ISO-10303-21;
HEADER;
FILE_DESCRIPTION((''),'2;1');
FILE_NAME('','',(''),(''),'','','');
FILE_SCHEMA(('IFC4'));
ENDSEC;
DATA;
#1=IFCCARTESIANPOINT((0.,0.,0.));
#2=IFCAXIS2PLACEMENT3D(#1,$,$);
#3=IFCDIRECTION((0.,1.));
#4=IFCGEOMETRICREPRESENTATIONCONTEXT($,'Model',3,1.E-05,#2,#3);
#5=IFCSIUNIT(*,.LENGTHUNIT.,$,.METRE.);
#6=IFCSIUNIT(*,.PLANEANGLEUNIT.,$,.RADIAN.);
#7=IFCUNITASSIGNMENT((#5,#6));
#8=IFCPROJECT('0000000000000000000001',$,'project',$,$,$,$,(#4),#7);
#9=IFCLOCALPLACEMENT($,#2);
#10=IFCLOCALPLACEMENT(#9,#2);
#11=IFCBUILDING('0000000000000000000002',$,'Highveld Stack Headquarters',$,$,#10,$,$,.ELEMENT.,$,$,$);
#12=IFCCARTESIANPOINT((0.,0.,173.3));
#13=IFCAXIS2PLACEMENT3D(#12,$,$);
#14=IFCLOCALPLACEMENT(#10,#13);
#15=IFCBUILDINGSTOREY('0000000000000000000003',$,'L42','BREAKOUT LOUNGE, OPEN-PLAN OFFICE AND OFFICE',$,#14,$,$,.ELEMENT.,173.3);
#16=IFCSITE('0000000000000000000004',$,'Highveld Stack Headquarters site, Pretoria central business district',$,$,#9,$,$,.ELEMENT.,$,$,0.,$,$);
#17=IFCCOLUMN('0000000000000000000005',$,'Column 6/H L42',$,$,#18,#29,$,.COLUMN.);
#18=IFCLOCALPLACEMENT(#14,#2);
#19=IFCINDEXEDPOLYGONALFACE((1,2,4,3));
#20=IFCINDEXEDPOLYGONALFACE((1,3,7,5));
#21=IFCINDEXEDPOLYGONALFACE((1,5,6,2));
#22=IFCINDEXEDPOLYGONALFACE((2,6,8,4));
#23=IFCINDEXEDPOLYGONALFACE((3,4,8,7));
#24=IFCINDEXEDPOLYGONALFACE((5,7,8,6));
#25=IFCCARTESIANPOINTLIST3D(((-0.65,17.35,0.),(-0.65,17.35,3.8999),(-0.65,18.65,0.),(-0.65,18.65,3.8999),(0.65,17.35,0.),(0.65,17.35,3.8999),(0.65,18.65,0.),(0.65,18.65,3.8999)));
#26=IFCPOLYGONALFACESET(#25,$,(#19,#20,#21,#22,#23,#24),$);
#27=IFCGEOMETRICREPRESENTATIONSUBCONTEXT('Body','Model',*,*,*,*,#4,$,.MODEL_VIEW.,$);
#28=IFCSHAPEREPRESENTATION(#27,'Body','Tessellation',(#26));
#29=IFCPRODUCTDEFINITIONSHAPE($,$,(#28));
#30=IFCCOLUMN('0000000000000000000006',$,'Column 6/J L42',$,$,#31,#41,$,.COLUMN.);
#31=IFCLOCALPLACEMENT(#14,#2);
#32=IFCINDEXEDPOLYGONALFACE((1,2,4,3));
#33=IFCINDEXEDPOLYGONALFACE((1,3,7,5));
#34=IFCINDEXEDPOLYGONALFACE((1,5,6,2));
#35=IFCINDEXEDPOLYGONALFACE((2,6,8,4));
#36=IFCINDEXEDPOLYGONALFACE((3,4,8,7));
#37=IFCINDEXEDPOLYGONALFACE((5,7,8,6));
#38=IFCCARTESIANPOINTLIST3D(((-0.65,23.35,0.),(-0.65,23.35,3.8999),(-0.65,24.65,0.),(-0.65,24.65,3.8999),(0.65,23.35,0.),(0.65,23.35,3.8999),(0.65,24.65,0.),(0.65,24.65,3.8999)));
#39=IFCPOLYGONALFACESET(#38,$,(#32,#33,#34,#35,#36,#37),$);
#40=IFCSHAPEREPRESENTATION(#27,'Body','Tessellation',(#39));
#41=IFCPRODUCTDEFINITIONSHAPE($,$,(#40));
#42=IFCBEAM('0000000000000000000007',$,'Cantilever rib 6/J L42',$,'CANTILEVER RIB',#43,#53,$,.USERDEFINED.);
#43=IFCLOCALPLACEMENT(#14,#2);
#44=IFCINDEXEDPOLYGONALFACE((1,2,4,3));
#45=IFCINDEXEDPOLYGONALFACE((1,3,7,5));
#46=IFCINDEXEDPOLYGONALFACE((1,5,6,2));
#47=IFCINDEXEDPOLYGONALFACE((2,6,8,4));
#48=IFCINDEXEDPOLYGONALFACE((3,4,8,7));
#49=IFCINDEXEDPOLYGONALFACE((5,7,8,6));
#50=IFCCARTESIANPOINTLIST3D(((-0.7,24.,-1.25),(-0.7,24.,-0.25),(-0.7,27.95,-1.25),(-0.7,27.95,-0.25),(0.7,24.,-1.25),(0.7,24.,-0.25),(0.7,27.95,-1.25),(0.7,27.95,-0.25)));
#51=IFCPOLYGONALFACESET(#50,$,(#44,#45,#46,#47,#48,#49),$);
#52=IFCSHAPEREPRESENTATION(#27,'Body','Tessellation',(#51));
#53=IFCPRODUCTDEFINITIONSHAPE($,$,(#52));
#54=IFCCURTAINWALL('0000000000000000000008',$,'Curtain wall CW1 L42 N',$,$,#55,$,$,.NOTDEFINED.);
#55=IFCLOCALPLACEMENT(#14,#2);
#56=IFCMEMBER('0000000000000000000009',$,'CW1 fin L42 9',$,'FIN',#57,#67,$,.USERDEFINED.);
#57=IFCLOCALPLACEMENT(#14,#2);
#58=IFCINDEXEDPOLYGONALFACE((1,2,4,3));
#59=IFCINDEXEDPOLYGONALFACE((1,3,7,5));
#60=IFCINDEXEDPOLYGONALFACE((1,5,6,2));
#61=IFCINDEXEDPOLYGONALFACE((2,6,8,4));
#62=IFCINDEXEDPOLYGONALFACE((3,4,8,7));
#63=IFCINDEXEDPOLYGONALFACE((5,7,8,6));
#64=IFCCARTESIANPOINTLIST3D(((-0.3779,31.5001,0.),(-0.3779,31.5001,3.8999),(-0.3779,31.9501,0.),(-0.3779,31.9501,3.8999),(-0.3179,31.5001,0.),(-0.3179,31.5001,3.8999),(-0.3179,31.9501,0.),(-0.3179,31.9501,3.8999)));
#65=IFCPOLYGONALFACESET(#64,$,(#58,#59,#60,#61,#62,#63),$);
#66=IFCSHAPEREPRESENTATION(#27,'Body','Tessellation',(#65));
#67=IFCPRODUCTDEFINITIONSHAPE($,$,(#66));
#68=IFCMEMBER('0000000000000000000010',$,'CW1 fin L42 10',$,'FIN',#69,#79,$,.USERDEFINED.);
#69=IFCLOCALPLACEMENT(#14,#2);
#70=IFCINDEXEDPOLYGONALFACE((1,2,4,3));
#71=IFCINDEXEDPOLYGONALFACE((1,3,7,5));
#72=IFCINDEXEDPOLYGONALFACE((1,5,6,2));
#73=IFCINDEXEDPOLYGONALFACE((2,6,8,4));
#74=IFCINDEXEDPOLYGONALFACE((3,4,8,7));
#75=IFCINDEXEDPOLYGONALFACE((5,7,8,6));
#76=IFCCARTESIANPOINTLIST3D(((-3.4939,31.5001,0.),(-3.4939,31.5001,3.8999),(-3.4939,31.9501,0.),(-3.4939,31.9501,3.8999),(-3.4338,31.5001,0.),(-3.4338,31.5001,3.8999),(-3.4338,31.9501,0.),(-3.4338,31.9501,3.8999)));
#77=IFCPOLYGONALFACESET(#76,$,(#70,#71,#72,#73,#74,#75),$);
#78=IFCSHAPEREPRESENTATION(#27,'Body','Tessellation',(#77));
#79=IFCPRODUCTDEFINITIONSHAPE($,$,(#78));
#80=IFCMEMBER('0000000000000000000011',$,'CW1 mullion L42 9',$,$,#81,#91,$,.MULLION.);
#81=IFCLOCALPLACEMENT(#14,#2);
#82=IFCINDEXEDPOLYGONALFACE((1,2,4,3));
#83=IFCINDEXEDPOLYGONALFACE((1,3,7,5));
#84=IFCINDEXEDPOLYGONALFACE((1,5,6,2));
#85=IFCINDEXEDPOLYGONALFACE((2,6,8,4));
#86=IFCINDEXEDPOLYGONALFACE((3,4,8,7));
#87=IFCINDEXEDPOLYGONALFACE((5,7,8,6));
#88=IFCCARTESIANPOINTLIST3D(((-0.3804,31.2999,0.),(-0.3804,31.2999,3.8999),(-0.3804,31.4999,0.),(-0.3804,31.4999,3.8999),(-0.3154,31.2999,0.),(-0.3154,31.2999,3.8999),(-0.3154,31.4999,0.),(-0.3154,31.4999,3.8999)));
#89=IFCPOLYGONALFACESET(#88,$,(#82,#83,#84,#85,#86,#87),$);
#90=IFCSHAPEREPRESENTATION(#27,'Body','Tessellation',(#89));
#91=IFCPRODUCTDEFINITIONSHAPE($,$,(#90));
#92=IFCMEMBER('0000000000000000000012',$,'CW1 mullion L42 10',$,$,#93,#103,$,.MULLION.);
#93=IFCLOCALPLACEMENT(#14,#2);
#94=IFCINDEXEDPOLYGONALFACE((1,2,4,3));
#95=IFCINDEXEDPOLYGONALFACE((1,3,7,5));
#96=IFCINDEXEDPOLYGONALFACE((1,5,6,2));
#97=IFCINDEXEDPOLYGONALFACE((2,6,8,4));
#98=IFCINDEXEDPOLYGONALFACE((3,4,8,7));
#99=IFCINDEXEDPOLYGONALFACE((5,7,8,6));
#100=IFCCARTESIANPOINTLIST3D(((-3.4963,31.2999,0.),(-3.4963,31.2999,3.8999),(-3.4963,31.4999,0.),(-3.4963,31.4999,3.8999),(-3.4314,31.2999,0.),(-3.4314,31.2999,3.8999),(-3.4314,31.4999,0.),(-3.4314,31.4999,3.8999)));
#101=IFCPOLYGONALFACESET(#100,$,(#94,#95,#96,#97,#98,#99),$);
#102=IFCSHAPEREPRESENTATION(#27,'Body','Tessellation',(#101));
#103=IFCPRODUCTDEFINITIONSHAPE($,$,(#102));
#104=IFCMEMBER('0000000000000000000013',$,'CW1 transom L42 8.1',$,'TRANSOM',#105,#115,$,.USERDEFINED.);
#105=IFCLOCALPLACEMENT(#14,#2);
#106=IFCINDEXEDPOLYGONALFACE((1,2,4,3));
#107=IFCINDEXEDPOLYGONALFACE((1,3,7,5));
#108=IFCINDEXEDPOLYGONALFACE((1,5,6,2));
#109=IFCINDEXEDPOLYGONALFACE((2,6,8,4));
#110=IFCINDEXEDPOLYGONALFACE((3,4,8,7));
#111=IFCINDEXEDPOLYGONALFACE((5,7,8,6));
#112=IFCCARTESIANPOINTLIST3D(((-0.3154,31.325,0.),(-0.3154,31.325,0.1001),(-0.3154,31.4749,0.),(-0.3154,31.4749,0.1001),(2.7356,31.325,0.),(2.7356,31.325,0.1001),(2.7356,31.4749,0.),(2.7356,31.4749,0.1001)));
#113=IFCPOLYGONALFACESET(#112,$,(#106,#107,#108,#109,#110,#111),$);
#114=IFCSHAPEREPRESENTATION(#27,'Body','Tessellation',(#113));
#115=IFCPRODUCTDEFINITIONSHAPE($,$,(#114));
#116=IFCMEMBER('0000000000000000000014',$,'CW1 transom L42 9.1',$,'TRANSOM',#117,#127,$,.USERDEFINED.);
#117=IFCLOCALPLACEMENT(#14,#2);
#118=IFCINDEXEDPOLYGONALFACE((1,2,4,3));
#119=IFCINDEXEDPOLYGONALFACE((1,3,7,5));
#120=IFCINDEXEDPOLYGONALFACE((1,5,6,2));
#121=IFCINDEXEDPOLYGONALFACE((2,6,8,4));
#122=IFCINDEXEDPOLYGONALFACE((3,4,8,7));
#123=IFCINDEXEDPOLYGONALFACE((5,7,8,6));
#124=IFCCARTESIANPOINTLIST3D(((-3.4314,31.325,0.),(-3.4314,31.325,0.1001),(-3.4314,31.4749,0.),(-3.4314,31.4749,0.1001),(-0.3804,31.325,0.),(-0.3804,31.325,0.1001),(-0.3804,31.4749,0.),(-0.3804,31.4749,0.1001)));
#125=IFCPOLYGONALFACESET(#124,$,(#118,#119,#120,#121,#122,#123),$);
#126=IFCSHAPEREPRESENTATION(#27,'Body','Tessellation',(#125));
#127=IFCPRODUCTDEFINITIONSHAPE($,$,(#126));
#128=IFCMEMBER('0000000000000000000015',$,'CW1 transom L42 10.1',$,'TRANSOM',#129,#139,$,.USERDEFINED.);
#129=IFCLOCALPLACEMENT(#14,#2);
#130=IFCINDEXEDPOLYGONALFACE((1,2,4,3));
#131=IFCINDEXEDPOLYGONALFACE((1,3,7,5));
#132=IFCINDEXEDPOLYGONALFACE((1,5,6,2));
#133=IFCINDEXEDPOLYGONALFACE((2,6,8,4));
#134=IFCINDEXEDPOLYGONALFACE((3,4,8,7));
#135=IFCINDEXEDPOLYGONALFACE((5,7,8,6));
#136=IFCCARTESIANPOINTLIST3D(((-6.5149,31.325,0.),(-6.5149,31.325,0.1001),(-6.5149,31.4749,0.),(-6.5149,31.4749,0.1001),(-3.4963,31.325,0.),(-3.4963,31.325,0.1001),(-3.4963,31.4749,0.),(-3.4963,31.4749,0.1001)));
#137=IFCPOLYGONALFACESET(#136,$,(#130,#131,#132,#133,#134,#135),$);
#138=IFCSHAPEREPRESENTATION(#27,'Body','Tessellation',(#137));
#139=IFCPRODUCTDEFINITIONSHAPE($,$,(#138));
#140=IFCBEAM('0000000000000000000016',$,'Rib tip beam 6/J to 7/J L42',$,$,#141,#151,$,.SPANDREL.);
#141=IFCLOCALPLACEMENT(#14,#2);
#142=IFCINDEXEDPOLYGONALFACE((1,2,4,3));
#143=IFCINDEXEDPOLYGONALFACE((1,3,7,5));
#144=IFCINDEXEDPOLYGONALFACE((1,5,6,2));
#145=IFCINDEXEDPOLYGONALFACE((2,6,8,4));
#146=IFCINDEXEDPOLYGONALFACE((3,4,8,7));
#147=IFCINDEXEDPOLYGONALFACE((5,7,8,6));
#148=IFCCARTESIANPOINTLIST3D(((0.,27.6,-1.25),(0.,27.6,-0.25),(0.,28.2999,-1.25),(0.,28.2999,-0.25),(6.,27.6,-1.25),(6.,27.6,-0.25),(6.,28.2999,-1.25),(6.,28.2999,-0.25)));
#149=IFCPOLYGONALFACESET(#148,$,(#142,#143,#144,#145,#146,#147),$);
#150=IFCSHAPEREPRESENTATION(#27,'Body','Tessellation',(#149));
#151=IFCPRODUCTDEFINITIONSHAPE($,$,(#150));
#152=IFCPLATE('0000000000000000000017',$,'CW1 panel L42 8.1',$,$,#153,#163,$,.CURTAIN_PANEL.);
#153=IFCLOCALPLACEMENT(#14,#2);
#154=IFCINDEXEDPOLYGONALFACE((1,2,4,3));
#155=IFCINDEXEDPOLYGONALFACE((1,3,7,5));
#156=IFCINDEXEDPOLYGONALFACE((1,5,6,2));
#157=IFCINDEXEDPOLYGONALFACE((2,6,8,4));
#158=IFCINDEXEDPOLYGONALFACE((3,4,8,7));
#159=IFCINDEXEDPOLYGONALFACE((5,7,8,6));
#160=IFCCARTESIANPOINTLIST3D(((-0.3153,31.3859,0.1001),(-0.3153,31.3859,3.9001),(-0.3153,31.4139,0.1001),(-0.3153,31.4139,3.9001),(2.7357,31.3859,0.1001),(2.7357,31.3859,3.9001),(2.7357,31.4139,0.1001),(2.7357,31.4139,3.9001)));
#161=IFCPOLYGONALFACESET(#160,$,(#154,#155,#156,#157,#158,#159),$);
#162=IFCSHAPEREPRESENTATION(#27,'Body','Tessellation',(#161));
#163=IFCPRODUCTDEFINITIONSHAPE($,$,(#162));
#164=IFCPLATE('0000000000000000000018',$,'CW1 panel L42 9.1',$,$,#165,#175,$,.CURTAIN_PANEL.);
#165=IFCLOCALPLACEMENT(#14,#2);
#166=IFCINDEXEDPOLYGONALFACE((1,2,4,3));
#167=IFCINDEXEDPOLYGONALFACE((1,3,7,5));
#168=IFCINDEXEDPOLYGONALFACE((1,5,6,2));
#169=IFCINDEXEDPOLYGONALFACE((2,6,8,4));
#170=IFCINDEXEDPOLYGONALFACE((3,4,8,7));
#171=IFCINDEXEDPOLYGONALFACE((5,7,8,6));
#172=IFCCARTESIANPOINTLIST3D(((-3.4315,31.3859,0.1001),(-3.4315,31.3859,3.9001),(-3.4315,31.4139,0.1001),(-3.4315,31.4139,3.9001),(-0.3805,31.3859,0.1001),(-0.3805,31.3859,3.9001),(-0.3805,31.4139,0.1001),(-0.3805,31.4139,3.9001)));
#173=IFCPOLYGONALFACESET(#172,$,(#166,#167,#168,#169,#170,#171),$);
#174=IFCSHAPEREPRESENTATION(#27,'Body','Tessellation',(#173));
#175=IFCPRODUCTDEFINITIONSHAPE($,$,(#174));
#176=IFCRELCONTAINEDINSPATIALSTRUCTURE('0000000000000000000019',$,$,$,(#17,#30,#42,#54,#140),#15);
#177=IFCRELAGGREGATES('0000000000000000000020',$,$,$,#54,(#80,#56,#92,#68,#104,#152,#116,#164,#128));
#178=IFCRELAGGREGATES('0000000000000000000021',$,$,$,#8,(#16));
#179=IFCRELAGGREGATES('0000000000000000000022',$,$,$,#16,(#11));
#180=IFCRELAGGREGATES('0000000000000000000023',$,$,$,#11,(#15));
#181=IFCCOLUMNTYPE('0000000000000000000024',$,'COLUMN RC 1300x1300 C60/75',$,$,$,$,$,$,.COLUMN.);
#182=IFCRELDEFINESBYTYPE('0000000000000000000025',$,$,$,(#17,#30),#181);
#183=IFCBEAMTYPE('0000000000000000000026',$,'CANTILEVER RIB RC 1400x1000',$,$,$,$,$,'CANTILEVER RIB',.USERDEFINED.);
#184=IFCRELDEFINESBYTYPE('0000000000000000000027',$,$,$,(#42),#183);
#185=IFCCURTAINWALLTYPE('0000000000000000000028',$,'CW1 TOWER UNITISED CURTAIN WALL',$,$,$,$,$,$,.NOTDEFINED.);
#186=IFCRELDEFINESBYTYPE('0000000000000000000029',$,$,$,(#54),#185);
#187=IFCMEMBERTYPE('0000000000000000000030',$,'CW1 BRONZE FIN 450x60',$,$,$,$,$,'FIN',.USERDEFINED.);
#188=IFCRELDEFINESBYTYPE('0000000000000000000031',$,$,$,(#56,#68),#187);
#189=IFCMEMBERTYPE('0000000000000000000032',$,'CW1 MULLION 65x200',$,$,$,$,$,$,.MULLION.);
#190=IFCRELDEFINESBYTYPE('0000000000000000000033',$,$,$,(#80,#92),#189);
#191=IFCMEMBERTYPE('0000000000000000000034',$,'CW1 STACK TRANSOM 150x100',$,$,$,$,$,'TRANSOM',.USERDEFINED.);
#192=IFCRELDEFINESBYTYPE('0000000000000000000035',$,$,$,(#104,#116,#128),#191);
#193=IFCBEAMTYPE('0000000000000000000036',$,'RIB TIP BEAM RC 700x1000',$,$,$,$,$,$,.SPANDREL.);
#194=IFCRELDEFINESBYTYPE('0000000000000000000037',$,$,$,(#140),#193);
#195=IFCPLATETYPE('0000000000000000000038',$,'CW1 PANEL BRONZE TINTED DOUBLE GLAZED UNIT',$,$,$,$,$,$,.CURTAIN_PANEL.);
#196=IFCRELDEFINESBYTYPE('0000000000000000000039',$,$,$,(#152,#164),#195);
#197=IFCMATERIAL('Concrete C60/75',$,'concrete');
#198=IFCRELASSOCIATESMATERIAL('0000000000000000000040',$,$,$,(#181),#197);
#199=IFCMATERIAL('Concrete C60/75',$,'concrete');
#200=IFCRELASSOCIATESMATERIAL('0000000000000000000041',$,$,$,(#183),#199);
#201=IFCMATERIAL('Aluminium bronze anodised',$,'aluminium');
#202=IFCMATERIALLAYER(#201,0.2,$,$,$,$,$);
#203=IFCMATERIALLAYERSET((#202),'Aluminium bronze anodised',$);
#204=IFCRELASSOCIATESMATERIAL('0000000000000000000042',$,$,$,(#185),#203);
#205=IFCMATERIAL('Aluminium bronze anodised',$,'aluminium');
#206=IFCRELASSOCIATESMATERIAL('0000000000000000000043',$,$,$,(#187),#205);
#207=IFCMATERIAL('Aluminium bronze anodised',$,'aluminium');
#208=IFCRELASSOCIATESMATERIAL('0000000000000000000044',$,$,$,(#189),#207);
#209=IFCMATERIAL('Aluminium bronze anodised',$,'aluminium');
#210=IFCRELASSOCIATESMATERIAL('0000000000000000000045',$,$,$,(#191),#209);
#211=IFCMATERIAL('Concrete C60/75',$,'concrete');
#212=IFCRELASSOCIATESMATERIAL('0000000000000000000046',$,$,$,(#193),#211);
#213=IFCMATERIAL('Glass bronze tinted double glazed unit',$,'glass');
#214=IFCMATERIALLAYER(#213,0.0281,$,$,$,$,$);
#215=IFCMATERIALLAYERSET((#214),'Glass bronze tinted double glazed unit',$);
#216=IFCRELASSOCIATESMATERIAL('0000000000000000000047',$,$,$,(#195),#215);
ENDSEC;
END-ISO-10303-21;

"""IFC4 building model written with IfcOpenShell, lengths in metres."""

from ifc_helpers import new_model, si_unit, direction, frame, origin, origin_2d, place, context, subcontext, project, spatial, rectangle, extrude, material, layer, layer_set, material_profile, profile_set, type_object, element, aggregate, save


model = new_model("IFC4")

# Units and contexts
model_context = context("Model", 3, precision=1e-05, world=origin(), true_north=direction((0.0, 1.0)))
body_context = subcontext(model_context, "Body", "Model", "MODEL_VIEW")
ifc_project = project(units=[si_unit("LENGTHUNIT", "METRE"), si_unit("PLANEANGLEUNIT", "RADIAN")], contexts=[model_context])

# Site, building, storey
site_placement = place(None, origin())
site = spatial("IfcSite", under=ifc_project, at=site_placement, Name="Highveld Stack Headquarters site, Pretoria central business district", CompositionType="ELEMENT", RefElevation=0.0)
building_placement = place(site_placement, origin())
building = spatial("IfcBuilding", under=site, at=building_placement, Name="Highveld Stack Headquarters", CompositionType="ELEMENT")
storey_placement = place(building_placement, frame((0.0, 0.0, 173.3)))
storey = spatial("IfcBuildingStorey", under=building, at=storey_placement, Name="L42", Description="BREAKOUT LOUNGE, OPEN-PLAN OFFICE AND OFFICE", CompositionType="ELEMENT", Elevation=173.3)

# Columns
ifc_material_1 = material(Name="Concrete C60/75", Category="concrete")
ifc_material_profile_1 = material_profile(ifc_material_1, rectangle(XDim=1.3, YDim=1.3, at=origin_2d()), Name="RC 1300x1300")
ifc_profile_set_1 = profile_set([ifc_material_profile_1], Name="Concrete C60/75")
column_type = type_object("IfcColumnType", Name="COLUMN RC 1300x1300 C60/75", PredefinedType="COLUMN", material=ifc_profile_set_1)
for number, where, z_axis, x_axis, name in (
    (1, (0.0, 18.0, 0.0), (0.0, 0.0, 1.0), (1.0, 0.0, 0.0), "Column 6/H L42"),
    (2, (0.0, 24.0, 0.0), (0.0, 0.0, 1.0), (1.0, 0.0, 0.0), "Column 6/J L42"),
):
    element("IfcColumn", number, at=place(storey_placement, frame(where, z_axis=z_axis, x_axis=x_axis)), inside=storey, type_object=column_type, Name=name, PredefinedType="COLUMN", context=body_context, shape_type="SweptSolid", body=[
        extrude(rectangle(XDim=1.3, YDim=1.3, at=origin_2d()), origin(), (0.0, 0.0, 1.0), 3.8999),
    ])

# Beam
ifc_material_2 = material(Name="Concrete C60/75", Category="concrete")
ifc_material_profile_2 = material_profile(ifc_material_2, rectangle(XDim=1.3999, YDim=1.0, at=origin_2d()), Name="RC 1400x1000")
ifc_profile_set_2 = profile_set([ifc_material_profile_2], Name="Concrete C60/75")
beam_type_1 = type_object("IfcBeamType", Name="CANTILEVER RIB RC 1400x1000", ElementType="CANTILEVER RIB", PredefinedType="USERDEFINED", material=ifc_profile_set_2)
beam_1_placement = place(storey_placement, frame((0.0, 24.0, -0.75), z_axis=(0.0, 1.0, 0.0), x_axis=(-1.0, 0.0, 0.0)))
element("IfcBeam", 3, at=beam_1_placement, inside=storey, type_object=beam_type_1, Name="Cantilever rib 6/J L42", ObjectType="CANTILEVER RIB", PredefinedType="USERDEFINED", context=body_context, shape_type="SweptSolid", body=[
    extrude(rectangle(XDim=1.3999, YDim=1.0, at=origin_2d()), origin(), (0.0, 0.0, 1.0), 3.95),
])

# Curtain wall, members
ifc_material_3 = material(Name="Aluminium bronze anodised", Category="aluminium")
ifc_layer_1 = layer(ifc_material_3, 0.2)
ifc_layer_set_1 = layer_set([ifc_layer_1], Name="Aluminium bronze anodised")
curtain_wall_type = type_object("IfcCurtainWallType", Name="CW1 TOWER UNITISED CURTAIN WALL", PredefinedType="NOTDEFINED", material=ifc_layer_set_1)
curtain_wall_placement = place(storey_placement, origin())
curtain_wall = element("IfcCurtainWall", 4, at=curtain_wall_placement, inside=storey, type_object=curtain_wall_type, Name="Curtain wall CW1 L42 N", PredefinedType="NOTDEFINED")
ifc_material_4 = material(Name="Aluminium bronze anodised", Category="aluminium")
ifc_material_profile_3 = material_profile(ifc_material_4, rectangle(XDim=0.45, YDim=0.0601, at=origin_2d()), Name="FIN 450x60")
ifc_profile_set_3 = profile_set([ifc_material_profile_3], Name="Aluminium bronze anodised")
member_type_1 = type_object("IfcMemberType", Name="CW1 BRONZE FIN 450x60", ElementType="FIN", PredefinedType="USERDEFINED", material=ifc_profile_set_3)
member_1_placement = place(storey_placement, frame((-0.3479, 31.7251, 0.0), z_axis=(0.0, 0.0, 1.0), x_axis=(0.0, -1.0, 0.0)))
member_1 = element("IfcMember", 5, at=member_1_placement, type_object=member_type_1, Name="CW1 fin L42 9", ObjectType="FIN", PredefinedType="USERDEFINED", context=body_context, shape_type="SweptSolid", body=[
    extrude(rectangle(XDim=0.45, YDim=0.0601, at=origin_2d()), origin(), (0.0, 0.0, 1.0), 3.8999),
])
member_2_placement = place(storey_placement, frame((-3.4639, 31.7251, 0.0), z_axis=(0.0, 0.0, 1.0), x_axis=(0.0, -1.0, 0.0)))
member_2 = element("IfcMember", 6, at=member_2_placement, type_object=member_type_1, Name="CW1 fin L42 10", ObjectType="FIN", PredefinedType="USERDEFINED", context=body_context, shape_type="SweptSolid", body=[
    extrude(rectangle(XDim=0.45, YDim=0.0601, at=origin_2d()), origin(), (0.0, 0.0, 1.0), 3.8999),
])
ifc_material_5 = material(Name="Aluminium bronze anodised", Category="aluminium")
ifc_material_profile_4 = material_profile(ifc_material_5, rectangle(XDim=0.2, YDim=0.0649, at=origin_2d()), Name="CW1 MULLION 65x200")
ifc_profile_set_4 = profile_set([ifc_material_profile_4], Name="Aluminium bronze anodised")
member_type_2 = type_object("IfcMemberType", Name="CW1 MULLION 65x200", PredefinedType="MULLION", material=ifc_profile_set_4)
member_3_placement = place(storey_placement, frame((-0.3479, 31.3999, 0.0), z_axis=(0.0, 0.0, 1.0), x_axis=(0.0, -1.0, 0.0)))
member_3 = element("IfcMember", 7, at=member_3_placement, type_object=member_type_2, Name="CW1 mullion L42 9", PredefinedType="MULLION", context=body_context, shape_type="SweptSolid", body=[
    extrude(rectangle(XDim=0.2, YDim=0.0649, at=origin_2d()), origin(), (0.0, 0.0, 1.0), 3.8999),
])
member_4_placement = place(storey_placement, frame((-3.4639, 31.3999, 0.0), z_axis=(0.0, 0.0, 1.0), x_axis=(0.0, -1.0, 0.0)))
member_4 = element("IfcMember", 8, at=member_4_placement, type_object=member_type_2, Name="CW1 mullion L42 10", PredefinedType="MULLION", context=body_context, shape_type="SweptSolid", body=[
    extrude(rectangle(XDim=0.2, YDim=0.0649, at=origin_2d()), origin(), (0.0, 0.0, 1.0), 3.8999),
])
ifc_material_6 = material(Name="Aluminium bronze anodised", Category="aluminium")
ifc_material_profile_5 = material_profile(ifc_material_6, rectangle(XDim=0.1499, YDim=0.1001, at=origin_2d()), Name="CW1 TRANSOM 150x100")
ifc_profile_set_5 = profile_set([ifc_material_profile_5], Name="Aluminium bronze anodised")
member_type_3 = type_object("IfcMemberType", Name="CW1 STACK TRANSOM 150x100", ElementType="TRANSOM", PredefinedType="USERDEFINED", material=ifc_profile_set_5)
member_5_placement = place(storey_placement, frame((2.7356, 31.3999, 0.05), z_axis=(-1.0, 0.0, 0.0), x_axis=(0.0, -1.0, 0.0)))
member_5 = element("IfcMember", 9, at=member_5_placement, type_object=member_type_3, Name="CW1 transom L42 8.1", ObjectType="TRANSOM", PredefinedType="USERDEFINED", context=body_context, shape_type="SweptSolid", body=[
    extrude(rectangle(XDim=0.1499, YDim=0.1001, at=origin_2d()), origin(), (0.0, 0.0, 1.0), 3.051),
])
member_6_placement = place(storey_placement, frame((-0.3804, 31.3999, 0.05), z_axis=(-1.0, 0.0, 0.0), x_axis=(0.0, -1.0, 0.0)))
member_6 = element("IfcMember", 10, at=member_6_placement, type_object=member_type_3, Name="CW1 transom L42 9.1", ObjectType="TRANSOM", PredefinedType="USERDEFINED", context=body_context, shape_type="SweptSolid", body=[
    extrude(rectangle(XDim=0.1499, YDim=0.1001, at=origin_2d()), origin(), (0.0, 0.0, 1.0), 3.051),
])
member_7_placement = place(storey_placement, frame((-3.4963, 31.3999, 0.05), z_axis=(-1.0, 0.0, 0.0), x_axis=(0.0, -1.0, 0.0)))
member_7 = element("IfcMember", 11, at=member_7_placement, type_object=member_type_3, Name="CW1 transom L42 10.1", ObjectType="TRANSOM", PredefinedType="USERDEFINED", context=body_context, shape_type="SweptSolid", body=[
    extrude(rectangle(XDim=0.1499, YDim=0.1001, at=origin_2d()), origin(), (0.0, 0.0, 1.0), 3.0186),
])

# Beam
ifc_material_7 = material(Name="Concrete C60/75", Category="concrete")
ifc_material_profile_6 = material_profile(ifc_material_7, rectangle(XDim=0.7, YDim=1.0, at=origin_2d()), Name="RC 700x1000")
ifc_profile_set_6 = profile_set([ifc_material_profile_6], Name="Concrete C60/75")
beam_type_2 = type_object("IfcBeamType", Name="RIB TIP BEAM RC 700x1000", PredefinedType="SPANDREL", material=ifc_profile_set_6)
beam_2_placement = place(storey_placement, frame((0.0, 27.95, -0.75), z_axis=(1.0, 0.0, 0.0), x_axis=(0.0, 1.0, 0.0)))
element("IfcBeam", 12, at=beam_2_placement, inside=storey, type_object=beam_type_2, Name="Rib tip beam 6/J to 7/J L42", PredefinedType="SPANDREL", context=body_context, shape_type="SweptSolid", body=[
    extrude(rectangle(XDim=0.7, YDim=1.0, at=origin_2d()), origin(), (0.0, 0.0, 1.0), 6.0),
])

# Plates
ifc_material_8 = material(Name="Glass bronze tinted double glazed unit", Category="glass")
ifc_layer_2 = layer(ifc_material_8, 0.0281)
ifc_layer_set_2 = layer_set([ifc_layer_2], Name="Glass bronze tinted double glazed unit")
plate_type = type_object("IfcPlateType", Name="CW1 PANEL BRONZE TINTED DOUBLE GLAZED UNIT", PredefinedType="CURTAIN_PANEL", material=ifc_layer_set_2)
plate_1_placement = place(storey_placement, frame((1.2102, 31.3999, 0.1001), z_axis=(0.0, 0.0, 1.0), x_axis=(-1.0, 0.0, 0.0)))
plate_1 = element("IfcPlate", 13, at=plate_1_placement, type_object=plate_type, Name="CW1 panel L42 8.1", PredefinedType="CURTAIN_PANEL", context=body_context, shape_type="SweptSolid", body=[
    extrude(rectangle(XDim=3.051, YDim=0.0281, at=origin_2d()), origin(), (0.0, 0.0, 1.0), 3.8),
])
plate_2_placement = place(storey_placement, frame((-1.906, 31.3999, 0.1001), z_axis=(0.0, 0.0, 1.0), x_axis=(-1.0, 0.0, 0.0)))
plate_2 = element("IfcPlate", 14, at=plate_2_placement, type_object=plate_type, Name="CW1 panel L42 9.1", PredefinedType="CURTAIN_PANEL", context=body_context, shape_type="SweptSolid", body=[
    extrude(rectangle(XDim=3.051, YDim=0.0281, at=origin_2d()), origin(), (0.0, 0.0, 1.0), 3.8),
])
aggregate(curtain_wall, [member_3, member_1, member_4, member_2, member_5, plate_1, member_6, plate_2, member_7])

save(model, "model.ifc")
